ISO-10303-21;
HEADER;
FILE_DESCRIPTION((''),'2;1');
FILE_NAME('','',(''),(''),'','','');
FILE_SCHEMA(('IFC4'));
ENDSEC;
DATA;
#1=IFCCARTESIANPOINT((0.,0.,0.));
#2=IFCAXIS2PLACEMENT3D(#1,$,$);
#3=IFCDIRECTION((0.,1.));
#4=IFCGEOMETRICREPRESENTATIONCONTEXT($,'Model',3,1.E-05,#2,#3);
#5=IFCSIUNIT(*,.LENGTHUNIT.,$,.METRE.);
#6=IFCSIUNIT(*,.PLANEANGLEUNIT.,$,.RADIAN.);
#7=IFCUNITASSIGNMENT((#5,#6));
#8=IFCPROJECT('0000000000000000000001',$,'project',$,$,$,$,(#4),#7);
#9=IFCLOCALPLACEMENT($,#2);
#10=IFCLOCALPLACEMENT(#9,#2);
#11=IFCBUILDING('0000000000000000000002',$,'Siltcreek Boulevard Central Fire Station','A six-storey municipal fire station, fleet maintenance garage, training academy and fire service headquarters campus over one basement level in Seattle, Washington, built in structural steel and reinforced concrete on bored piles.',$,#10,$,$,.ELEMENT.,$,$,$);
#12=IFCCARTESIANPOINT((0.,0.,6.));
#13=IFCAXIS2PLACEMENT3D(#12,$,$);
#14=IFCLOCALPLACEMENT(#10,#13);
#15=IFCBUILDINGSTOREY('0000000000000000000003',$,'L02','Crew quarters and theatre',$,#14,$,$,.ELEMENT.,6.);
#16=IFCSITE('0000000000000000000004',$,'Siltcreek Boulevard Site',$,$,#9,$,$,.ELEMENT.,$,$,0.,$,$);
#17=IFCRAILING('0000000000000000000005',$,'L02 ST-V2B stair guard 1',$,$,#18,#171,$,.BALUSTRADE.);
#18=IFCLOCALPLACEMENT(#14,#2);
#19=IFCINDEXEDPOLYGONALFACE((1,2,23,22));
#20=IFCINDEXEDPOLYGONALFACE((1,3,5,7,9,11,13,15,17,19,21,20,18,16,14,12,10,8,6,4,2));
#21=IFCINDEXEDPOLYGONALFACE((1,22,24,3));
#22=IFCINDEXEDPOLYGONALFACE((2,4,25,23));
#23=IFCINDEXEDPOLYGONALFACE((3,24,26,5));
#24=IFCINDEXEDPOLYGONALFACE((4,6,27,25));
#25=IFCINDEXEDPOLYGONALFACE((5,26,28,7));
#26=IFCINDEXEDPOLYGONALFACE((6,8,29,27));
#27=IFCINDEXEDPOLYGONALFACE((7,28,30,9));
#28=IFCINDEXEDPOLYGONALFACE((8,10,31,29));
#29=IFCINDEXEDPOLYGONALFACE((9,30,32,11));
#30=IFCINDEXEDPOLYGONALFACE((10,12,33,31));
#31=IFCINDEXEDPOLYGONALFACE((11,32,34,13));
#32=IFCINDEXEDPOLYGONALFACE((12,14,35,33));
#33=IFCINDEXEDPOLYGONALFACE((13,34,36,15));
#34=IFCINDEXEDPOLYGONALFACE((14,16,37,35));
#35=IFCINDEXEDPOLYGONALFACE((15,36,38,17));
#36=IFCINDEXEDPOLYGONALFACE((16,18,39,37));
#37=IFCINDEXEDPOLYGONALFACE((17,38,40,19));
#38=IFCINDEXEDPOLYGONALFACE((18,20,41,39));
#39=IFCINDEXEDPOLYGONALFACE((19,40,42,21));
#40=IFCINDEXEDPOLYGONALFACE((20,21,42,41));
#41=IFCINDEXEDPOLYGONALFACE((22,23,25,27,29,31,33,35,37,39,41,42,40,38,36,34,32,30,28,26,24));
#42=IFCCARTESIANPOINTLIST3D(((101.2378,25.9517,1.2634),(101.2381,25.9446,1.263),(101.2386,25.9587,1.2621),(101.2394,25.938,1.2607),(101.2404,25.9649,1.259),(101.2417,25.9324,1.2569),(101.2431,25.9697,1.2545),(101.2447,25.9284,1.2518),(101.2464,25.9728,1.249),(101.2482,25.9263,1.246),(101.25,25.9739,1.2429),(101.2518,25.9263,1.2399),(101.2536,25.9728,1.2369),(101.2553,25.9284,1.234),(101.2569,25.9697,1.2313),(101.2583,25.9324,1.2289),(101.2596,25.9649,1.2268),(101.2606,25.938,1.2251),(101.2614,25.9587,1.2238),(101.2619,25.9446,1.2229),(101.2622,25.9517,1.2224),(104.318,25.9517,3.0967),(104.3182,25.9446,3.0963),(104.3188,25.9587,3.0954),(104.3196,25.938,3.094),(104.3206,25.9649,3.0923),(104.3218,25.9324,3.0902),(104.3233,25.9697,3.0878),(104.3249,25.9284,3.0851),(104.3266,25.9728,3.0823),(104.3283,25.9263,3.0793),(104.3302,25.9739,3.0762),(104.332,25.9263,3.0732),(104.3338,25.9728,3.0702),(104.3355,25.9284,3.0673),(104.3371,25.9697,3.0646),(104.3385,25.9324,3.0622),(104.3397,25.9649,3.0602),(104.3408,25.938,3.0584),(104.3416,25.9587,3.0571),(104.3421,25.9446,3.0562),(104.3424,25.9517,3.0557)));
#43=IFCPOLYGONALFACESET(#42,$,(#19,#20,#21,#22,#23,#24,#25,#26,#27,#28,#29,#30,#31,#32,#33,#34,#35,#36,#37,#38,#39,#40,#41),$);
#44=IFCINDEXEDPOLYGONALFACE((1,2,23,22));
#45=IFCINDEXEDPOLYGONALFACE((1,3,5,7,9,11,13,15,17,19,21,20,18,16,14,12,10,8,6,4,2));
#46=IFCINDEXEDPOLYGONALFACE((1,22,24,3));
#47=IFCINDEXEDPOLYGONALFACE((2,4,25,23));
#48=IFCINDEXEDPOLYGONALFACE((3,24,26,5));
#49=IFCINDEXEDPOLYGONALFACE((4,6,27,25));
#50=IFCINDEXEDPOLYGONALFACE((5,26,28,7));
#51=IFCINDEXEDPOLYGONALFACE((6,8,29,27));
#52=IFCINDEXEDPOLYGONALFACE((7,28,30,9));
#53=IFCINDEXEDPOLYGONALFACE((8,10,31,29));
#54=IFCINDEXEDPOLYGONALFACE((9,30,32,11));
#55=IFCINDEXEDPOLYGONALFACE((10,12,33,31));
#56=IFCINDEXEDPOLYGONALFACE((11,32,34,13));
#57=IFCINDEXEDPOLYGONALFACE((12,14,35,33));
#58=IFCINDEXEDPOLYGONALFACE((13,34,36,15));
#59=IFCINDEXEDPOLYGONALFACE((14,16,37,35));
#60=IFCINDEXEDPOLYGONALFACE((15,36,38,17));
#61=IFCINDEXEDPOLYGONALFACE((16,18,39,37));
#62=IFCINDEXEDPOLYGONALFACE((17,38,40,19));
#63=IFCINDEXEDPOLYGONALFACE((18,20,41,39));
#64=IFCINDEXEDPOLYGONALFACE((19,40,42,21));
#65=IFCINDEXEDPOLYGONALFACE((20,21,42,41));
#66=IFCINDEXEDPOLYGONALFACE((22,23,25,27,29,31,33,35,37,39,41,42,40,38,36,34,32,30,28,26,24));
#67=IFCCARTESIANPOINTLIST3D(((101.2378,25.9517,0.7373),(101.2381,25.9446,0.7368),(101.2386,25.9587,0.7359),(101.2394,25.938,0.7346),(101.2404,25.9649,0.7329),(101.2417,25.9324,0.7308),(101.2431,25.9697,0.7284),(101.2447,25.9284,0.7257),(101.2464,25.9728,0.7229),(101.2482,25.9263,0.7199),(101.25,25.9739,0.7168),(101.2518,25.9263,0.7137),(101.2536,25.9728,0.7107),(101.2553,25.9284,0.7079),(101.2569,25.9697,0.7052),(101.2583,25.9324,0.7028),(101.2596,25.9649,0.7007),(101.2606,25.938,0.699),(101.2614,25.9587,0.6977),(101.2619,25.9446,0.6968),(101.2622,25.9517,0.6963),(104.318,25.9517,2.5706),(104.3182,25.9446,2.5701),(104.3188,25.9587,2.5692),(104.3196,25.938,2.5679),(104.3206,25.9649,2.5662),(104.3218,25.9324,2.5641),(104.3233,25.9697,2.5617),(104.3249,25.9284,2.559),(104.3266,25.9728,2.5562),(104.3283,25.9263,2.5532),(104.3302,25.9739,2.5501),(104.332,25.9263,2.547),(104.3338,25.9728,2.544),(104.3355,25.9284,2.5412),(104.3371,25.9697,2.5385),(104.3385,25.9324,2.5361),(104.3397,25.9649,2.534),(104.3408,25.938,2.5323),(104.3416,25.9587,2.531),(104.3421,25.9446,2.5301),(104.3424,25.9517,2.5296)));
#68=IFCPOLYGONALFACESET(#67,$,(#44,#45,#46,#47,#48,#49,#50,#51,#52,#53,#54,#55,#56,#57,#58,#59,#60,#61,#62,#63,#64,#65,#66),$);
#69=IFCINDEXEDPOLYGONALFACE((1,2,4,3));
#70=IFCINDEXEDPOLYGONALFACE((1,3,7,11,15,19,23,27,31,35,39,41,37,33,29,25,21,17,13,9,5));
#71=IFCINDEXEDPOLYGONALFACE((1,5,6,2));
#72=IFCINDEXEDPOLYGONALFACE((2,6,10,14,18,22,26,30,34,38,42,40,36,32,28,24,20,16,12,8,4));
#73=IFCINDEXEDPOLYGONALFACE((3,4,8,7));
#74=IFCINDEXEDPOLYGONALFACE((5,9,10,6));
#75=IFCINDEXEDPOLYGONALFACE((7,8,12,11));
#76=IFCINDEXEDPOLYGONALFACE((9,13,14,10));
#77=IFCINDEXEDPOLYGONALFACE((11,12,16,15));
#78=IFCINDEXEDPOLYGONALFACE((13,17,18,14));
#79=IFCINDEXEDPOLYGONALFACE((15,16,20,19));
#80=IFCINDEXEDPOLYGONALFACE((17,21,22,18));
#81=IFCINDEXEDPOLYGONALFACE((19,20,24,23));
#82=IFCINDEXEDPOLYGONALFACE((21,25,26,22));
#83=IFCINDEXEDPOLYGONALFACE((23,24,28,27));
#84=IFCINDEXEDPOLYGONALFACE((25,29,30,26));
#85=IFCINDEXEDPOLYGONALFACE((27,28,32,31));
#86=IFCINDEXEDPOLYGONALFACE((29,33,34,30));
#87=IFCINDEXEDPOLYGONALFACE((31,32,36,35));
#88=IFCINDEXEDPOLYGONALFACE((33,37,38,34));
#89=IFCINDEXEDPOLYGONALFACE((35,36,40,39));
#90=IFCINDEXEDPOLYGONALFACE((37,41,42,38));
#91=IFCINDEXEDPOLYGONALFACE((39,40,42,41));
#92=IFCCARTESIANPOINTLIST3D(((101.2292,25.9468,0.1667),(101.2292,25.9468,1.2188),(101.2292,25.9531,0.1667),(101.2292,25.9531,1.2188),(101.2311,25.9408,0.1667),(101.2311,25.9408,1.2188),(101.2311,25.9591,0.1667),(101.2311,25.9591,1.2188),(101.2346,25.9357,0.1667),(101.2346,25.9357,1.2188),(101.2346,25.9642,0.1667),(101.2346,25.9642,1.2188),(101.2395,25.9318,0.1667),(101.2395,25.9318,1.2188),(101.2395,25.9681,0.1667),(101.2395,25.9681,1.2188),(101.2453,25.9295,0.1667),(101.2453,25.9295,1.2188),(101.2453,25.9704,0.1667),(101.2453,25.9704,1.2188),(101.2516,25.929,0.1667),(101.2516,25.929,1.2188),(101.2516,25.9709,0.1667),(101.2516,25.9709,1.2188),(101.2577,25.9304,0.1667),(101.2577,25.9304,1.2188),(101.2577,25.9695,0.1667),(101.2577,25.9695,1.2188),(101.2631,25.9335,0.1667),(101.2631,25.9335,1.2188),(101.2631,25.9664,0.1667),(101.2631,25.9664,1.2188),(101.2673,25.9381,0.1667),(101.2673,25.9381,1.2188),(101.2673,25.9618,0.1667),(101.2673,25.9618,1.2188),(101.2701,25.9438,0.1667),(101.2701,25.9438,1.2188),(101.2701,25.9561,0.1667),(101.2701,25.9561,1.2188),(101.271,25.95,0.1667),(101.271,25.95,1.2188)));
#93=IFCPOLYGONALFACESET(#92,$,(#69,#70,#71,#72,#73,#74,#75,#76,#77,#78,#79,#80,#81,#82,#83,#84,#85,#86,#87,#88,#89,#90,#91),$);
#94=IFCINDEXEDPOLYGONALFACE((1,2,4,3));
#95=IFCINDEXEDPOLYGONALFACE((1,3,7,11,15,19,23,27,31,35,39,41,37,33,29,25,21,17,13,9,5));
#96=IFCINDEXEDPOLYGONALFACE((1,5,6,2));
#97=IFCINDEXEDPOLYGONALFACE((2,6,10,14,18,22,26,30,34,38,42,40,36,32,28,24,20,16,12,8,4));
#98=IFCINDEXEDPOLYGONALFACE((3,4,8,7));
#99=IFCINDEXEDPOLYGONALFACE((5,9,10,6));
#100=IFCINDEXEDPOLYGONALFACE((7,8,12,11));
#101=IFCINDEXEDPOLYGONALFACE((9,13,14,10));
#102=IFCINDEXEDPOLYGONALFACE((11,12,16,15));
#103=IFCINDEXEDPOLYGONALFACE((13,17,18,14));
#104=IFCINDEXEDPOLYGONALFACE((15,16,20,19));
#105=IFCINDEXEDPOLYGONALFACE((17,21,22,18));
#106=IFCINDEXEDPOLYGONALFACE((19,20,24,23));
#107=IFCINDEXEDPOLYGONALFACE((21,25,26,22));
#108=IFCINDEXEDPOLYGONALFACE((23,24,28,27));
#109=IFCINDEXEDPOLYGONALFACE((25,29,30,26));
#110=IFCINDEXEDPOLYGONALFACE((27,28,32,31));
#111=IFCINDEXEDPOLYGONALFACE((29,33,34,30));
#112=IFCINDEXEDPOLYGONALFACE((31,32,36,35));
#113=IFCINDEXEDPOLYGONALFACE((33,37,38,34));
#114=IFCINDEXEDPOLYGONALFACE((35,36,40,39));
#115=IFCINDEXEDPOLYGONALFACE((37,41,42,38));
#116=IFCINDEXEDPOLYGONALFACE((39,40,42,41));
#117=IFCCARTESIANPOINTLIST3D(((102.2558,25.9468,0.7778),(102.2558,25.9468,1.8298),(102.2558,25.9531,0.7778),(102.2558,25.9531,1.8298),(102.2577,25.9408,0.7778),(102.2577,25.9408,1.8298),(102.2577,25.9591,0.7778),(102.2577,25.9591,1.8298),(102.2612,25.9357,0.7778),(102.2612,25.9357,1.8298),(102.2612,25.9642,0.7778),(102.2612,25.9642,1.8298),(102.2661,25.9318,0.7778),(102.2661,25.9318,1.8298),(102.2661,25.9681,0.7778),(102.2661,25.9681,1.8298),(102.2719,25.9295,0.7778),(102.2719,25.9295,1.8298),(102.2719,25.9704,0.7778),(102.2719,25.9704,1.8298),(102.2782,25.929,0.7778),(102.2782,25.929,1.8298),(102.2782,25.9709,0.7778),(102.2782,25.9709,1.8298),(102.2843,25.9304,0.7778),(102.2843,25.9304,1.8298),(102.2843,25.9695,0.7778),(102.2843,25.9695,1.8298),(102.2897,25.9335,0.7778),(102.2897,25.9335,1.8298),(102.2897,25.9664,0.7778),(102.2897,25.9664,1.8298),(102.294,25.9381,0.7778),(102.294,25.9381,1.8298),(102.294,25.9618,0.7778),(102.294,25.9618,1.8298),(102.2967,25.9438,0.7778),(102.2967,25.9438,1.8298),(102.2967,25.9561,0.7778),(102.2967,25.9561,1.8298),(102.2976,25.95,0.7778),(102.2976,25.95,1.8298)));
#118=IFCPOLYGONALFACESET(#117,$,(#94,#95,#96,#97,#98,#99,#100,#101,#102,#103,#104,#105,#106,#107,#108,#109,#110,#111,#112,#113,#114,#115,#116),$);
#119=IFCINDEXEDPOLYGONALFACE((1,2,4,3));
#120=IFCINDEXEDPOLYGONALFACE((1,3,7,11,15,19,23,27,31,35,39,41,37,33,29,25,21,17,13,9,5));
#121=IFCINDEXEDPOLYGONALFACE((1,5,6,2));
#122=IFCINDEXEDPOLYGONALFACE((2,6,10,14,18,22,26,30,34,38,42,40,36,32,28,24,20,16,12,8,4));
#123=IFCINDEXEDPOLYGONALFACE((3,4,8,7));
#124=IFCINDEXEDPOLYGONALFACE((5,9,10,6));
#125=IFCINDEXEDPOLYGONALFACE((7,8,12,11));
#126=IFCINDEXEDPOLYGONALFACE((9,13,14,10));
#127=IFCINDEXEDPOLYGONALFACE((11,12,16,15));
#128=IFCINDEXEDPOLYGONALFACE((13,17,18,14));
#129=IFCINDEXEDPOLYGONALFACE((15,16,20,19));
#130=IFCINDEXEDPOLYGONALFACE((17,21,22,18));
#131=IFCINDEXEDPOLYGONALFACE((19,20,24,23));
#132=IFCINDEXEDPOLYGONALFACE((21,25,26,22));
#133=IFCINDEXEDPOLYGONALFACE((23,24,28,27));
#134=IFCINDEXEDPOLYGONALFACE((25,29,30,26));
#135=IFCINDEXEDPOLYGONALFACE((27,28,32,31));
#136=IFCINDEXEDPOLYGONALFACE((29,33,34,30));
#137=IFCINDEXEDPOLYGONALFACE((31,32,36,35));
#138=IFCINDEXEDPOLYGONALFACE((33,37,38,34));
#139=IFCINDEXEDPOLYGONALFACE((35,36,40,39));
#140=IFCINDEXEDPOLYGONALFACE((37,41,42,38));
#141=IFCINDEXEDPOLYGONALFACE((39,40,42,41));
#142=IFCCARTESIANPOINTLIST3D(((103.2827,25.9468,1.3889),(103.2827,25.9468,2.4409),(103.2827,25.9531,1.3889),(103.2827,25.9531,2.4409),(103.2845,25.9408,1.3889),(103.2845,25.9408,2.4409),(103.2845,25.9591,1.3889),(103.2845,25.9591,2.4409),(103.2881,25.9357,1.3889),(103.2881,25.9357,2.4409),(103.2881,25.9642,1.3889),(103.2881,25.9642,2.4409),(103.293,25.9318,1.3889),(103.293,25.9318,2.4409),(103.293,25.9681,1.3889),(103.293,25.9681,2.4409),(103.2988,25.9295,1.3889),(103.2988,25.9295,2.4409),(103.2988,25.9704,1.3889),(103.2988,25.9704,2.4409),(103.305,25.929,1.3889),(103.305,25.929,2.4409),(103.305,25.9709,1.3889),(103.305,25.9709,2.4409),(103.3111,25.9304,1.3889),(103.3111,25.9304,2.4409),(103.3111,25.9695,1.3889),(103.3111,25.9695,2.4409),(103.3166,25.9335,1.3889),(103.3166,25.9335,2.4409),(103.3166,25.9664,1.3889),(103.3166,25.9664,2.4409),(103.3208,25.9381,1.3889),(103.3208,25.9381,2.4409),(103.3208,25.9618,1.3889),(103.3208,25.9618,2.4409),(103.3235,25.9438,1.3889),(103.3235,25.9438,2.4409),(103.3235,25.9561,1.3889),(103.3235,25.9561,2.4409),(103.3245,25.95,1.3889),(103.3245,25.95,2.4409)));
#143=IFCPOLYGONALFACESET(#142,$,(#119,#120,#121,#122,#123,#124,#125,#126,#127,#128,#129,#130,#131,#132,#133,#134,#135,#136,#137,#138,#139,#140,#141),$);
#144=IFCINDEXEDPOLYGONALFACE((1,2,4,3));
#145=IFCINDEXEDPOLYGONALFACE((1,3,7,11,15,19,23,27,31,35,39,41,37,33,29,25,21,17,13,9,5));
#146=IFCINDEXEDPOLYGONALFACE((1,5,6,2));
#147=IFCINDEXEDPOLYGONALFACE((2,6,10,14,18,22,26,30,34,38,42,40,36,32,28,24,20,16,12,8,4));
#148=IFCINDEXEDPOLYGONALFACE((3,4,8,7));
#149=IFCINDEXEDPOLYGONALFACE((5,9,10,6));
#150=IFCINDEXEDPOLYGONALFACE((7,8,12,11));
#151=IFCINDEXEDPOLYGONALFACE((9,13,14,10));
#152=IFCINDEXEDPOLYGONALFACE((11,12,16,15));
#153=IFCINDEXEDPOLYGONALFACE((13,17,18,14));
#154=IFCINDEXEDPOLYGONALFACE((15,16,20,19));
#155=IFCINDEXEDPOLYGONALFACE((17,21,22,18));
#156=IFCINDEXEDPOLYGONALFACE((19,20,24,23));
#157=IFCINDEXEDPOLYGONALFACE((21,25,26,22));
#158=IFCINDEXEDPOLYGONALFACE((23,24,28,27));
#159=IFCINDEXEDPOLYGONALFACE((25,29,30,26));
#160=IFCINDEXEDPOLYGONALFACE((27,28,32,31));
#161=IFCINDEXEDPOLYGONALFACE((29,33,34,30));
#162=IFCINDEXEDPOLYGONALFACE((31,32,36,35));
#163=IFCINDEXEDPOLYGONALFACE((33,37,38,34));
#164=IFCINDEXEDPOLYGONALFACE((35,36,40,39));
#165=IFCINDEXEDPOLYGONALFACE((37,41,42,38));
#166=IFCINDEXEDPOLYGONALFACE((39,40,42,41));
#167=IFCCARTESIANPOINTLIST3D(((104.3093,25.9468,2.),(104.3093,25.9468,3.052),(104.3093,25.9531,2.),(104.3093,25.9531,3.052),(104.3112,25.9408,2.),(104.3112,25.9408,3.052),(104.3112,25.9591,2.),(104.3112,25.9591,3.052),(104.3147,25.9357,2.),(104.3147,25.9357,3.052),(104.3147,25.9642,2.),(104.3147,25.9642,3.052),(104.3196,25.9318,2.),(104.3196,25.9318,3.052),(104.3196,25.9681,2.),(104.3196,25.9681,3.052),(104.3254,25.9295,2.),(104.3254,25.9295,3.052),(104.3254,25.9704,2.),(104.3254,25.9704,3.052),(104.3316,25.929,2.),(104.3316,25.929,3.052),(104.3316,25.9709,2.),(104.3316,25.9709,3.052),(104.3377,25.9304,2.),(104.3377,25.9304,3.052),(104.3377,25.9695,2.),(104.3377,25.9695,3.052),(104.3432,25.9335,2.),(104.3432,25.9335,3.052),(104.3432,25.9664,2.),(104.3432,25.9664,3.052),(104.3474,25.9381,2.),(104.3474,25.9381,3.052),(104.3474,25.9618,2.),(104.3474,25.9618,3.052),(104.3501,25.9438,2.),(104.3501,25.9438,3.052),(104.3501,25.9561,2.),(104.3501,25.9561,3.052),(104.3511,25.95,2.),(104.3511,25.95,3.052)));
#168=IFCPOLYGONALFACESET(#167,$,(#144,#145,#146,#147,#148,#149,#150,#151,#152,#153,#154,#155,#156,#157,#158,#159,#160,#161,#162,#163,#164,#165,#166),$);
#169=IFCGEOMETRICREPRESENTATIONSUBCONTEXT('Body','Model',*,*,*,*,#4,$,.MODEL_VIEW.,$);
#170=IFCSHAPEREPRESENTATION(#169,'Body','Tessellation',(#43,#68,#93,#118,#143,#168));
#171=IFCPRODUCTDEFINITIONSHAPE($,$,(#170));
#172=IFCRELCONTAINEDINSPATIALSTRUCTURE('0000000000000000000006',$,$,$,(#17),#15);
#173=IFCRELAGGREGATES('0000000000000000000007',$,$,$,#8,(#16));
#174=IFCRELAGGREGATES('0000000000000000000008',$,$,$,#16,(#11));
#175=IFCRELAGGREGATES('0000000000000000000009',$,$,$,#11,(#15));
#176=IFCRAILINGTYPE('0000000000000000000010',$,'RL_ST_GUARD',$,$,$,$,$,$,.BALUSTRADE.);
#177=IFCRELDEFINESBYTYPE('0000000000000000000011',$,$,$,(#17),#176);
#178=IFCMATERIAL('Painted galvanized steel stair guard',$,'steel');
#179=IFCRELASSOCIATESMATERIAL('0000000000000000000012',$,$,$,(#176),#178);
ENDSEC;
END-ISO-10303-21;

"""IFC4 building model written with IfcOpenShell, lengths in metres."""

from ifc_helpers import new_model, si_unit, direction, frame, origin, origin_2d, place, context, subcontext, project, spatial, circle, extrude, material, type_object, element, save


model = new_model("IFC4")

# Units and contexts
model_context = context("Model", 3, precision=1e-05, world=origin(), true_north=direction((0.0, 1.0)))
body_context = subcontext(model_context, "Body", "Model", "MODEL_VIEW")
ifc_project = project(units=[si_unit("LENGTHUNIT", "METRE"), si_unit("PLANEANGLEUNIT", "RADIAN")], contexts=[model_context])

# Site, building, storey
site_placement = place(None, origin())
site = spatial("IfcSite", under=ifc_project, at=site_placement, Name="Siltcreek Boulevard Site", CompositionType="ELEMENT", RefElevation=0.0)
building_placement = place(site_placement, origin())
building = spatial("IfcBuilding", under=site, at=building_placement, Name="Siltcreek Boulevard Central Fire Station", Description="A six-storey municipal fire station, fleet maintenance garage, training academy and fire service headquarters campus over one basement level in Seattle, Washington, built in structural steel and reinforced concrete on bored piles.", CompositionType="ELEMENT")
storey_placement = place(building_placement, frame((0.0, 0.0, 6.0)))
storey = spatial("IfcBuildingStorey", under=building, at=storey_placement, Name="L02", Description="Crew quarters and theatre", CompositionType="ELEMENT", Elevation=6.0)

# Railing
ifc_material_1 = material(Name="Painted galvanized steel stair guard", Category="steel")
railing_type_1 = type_object("IfcRailingType", Name="RL_ST_GUARD", PredefinedType="BALUSTRADE", material=ifc_material_1)
railing_1_placement = place(storey_placement, frame((101.25, 25.95, 0.1667)))
element("IfcRailing", 1, at=railing_1_placement, inside=storey, type_object=railing_type_1, Name="L02 ST-V2B stair guard 1", PredefinedType="BALUSTRADE", context=body_context, shape_type="SweptSolid", body=[
    extrude(circle(Radius=0.0239, at=origin_2d()), frame((0.0, 0.0, 1.0762), z_axis=(0.859309, 0.0, 0.511458), x_axis=(0.0, 1.0, 0.0)), (0.0, 0.0, 1.0), 3.5845),
    extrude(circle(Radius=0.0239, at=origin_2d()), frame((0.0, 0.0, 0.55), z_axis=(0.859309, 0.0, 0.511458), x_axis=(0.0, 1.0, 0.0)), (0.0, 0.0, 1.0), 3.5845),
    extrude(circle(Radius=0.021, at=origin_2d()), origin(), (0.0, 0.0, 1.0), 1.052),
    extrude(circle(Radius=0.021, at=origin_2d()), frame((1.0266, 0.0, 0.6111)), (0.0, 0.0, 1.0), 1.052),
    extrude(circle(Radius=0.021, at=origin_2d()), frame((2.0535, 0.0, 1.2222)), (0.0, 0.0, 1.0), 1.052),
    extrude(circle(Radius=0.021, at=origin_2d()), frame((3.0801, 0.0, 1.8333)), (0.0, 0.0, 1.0), 1.052),
])

save(model, "model.ifc")
